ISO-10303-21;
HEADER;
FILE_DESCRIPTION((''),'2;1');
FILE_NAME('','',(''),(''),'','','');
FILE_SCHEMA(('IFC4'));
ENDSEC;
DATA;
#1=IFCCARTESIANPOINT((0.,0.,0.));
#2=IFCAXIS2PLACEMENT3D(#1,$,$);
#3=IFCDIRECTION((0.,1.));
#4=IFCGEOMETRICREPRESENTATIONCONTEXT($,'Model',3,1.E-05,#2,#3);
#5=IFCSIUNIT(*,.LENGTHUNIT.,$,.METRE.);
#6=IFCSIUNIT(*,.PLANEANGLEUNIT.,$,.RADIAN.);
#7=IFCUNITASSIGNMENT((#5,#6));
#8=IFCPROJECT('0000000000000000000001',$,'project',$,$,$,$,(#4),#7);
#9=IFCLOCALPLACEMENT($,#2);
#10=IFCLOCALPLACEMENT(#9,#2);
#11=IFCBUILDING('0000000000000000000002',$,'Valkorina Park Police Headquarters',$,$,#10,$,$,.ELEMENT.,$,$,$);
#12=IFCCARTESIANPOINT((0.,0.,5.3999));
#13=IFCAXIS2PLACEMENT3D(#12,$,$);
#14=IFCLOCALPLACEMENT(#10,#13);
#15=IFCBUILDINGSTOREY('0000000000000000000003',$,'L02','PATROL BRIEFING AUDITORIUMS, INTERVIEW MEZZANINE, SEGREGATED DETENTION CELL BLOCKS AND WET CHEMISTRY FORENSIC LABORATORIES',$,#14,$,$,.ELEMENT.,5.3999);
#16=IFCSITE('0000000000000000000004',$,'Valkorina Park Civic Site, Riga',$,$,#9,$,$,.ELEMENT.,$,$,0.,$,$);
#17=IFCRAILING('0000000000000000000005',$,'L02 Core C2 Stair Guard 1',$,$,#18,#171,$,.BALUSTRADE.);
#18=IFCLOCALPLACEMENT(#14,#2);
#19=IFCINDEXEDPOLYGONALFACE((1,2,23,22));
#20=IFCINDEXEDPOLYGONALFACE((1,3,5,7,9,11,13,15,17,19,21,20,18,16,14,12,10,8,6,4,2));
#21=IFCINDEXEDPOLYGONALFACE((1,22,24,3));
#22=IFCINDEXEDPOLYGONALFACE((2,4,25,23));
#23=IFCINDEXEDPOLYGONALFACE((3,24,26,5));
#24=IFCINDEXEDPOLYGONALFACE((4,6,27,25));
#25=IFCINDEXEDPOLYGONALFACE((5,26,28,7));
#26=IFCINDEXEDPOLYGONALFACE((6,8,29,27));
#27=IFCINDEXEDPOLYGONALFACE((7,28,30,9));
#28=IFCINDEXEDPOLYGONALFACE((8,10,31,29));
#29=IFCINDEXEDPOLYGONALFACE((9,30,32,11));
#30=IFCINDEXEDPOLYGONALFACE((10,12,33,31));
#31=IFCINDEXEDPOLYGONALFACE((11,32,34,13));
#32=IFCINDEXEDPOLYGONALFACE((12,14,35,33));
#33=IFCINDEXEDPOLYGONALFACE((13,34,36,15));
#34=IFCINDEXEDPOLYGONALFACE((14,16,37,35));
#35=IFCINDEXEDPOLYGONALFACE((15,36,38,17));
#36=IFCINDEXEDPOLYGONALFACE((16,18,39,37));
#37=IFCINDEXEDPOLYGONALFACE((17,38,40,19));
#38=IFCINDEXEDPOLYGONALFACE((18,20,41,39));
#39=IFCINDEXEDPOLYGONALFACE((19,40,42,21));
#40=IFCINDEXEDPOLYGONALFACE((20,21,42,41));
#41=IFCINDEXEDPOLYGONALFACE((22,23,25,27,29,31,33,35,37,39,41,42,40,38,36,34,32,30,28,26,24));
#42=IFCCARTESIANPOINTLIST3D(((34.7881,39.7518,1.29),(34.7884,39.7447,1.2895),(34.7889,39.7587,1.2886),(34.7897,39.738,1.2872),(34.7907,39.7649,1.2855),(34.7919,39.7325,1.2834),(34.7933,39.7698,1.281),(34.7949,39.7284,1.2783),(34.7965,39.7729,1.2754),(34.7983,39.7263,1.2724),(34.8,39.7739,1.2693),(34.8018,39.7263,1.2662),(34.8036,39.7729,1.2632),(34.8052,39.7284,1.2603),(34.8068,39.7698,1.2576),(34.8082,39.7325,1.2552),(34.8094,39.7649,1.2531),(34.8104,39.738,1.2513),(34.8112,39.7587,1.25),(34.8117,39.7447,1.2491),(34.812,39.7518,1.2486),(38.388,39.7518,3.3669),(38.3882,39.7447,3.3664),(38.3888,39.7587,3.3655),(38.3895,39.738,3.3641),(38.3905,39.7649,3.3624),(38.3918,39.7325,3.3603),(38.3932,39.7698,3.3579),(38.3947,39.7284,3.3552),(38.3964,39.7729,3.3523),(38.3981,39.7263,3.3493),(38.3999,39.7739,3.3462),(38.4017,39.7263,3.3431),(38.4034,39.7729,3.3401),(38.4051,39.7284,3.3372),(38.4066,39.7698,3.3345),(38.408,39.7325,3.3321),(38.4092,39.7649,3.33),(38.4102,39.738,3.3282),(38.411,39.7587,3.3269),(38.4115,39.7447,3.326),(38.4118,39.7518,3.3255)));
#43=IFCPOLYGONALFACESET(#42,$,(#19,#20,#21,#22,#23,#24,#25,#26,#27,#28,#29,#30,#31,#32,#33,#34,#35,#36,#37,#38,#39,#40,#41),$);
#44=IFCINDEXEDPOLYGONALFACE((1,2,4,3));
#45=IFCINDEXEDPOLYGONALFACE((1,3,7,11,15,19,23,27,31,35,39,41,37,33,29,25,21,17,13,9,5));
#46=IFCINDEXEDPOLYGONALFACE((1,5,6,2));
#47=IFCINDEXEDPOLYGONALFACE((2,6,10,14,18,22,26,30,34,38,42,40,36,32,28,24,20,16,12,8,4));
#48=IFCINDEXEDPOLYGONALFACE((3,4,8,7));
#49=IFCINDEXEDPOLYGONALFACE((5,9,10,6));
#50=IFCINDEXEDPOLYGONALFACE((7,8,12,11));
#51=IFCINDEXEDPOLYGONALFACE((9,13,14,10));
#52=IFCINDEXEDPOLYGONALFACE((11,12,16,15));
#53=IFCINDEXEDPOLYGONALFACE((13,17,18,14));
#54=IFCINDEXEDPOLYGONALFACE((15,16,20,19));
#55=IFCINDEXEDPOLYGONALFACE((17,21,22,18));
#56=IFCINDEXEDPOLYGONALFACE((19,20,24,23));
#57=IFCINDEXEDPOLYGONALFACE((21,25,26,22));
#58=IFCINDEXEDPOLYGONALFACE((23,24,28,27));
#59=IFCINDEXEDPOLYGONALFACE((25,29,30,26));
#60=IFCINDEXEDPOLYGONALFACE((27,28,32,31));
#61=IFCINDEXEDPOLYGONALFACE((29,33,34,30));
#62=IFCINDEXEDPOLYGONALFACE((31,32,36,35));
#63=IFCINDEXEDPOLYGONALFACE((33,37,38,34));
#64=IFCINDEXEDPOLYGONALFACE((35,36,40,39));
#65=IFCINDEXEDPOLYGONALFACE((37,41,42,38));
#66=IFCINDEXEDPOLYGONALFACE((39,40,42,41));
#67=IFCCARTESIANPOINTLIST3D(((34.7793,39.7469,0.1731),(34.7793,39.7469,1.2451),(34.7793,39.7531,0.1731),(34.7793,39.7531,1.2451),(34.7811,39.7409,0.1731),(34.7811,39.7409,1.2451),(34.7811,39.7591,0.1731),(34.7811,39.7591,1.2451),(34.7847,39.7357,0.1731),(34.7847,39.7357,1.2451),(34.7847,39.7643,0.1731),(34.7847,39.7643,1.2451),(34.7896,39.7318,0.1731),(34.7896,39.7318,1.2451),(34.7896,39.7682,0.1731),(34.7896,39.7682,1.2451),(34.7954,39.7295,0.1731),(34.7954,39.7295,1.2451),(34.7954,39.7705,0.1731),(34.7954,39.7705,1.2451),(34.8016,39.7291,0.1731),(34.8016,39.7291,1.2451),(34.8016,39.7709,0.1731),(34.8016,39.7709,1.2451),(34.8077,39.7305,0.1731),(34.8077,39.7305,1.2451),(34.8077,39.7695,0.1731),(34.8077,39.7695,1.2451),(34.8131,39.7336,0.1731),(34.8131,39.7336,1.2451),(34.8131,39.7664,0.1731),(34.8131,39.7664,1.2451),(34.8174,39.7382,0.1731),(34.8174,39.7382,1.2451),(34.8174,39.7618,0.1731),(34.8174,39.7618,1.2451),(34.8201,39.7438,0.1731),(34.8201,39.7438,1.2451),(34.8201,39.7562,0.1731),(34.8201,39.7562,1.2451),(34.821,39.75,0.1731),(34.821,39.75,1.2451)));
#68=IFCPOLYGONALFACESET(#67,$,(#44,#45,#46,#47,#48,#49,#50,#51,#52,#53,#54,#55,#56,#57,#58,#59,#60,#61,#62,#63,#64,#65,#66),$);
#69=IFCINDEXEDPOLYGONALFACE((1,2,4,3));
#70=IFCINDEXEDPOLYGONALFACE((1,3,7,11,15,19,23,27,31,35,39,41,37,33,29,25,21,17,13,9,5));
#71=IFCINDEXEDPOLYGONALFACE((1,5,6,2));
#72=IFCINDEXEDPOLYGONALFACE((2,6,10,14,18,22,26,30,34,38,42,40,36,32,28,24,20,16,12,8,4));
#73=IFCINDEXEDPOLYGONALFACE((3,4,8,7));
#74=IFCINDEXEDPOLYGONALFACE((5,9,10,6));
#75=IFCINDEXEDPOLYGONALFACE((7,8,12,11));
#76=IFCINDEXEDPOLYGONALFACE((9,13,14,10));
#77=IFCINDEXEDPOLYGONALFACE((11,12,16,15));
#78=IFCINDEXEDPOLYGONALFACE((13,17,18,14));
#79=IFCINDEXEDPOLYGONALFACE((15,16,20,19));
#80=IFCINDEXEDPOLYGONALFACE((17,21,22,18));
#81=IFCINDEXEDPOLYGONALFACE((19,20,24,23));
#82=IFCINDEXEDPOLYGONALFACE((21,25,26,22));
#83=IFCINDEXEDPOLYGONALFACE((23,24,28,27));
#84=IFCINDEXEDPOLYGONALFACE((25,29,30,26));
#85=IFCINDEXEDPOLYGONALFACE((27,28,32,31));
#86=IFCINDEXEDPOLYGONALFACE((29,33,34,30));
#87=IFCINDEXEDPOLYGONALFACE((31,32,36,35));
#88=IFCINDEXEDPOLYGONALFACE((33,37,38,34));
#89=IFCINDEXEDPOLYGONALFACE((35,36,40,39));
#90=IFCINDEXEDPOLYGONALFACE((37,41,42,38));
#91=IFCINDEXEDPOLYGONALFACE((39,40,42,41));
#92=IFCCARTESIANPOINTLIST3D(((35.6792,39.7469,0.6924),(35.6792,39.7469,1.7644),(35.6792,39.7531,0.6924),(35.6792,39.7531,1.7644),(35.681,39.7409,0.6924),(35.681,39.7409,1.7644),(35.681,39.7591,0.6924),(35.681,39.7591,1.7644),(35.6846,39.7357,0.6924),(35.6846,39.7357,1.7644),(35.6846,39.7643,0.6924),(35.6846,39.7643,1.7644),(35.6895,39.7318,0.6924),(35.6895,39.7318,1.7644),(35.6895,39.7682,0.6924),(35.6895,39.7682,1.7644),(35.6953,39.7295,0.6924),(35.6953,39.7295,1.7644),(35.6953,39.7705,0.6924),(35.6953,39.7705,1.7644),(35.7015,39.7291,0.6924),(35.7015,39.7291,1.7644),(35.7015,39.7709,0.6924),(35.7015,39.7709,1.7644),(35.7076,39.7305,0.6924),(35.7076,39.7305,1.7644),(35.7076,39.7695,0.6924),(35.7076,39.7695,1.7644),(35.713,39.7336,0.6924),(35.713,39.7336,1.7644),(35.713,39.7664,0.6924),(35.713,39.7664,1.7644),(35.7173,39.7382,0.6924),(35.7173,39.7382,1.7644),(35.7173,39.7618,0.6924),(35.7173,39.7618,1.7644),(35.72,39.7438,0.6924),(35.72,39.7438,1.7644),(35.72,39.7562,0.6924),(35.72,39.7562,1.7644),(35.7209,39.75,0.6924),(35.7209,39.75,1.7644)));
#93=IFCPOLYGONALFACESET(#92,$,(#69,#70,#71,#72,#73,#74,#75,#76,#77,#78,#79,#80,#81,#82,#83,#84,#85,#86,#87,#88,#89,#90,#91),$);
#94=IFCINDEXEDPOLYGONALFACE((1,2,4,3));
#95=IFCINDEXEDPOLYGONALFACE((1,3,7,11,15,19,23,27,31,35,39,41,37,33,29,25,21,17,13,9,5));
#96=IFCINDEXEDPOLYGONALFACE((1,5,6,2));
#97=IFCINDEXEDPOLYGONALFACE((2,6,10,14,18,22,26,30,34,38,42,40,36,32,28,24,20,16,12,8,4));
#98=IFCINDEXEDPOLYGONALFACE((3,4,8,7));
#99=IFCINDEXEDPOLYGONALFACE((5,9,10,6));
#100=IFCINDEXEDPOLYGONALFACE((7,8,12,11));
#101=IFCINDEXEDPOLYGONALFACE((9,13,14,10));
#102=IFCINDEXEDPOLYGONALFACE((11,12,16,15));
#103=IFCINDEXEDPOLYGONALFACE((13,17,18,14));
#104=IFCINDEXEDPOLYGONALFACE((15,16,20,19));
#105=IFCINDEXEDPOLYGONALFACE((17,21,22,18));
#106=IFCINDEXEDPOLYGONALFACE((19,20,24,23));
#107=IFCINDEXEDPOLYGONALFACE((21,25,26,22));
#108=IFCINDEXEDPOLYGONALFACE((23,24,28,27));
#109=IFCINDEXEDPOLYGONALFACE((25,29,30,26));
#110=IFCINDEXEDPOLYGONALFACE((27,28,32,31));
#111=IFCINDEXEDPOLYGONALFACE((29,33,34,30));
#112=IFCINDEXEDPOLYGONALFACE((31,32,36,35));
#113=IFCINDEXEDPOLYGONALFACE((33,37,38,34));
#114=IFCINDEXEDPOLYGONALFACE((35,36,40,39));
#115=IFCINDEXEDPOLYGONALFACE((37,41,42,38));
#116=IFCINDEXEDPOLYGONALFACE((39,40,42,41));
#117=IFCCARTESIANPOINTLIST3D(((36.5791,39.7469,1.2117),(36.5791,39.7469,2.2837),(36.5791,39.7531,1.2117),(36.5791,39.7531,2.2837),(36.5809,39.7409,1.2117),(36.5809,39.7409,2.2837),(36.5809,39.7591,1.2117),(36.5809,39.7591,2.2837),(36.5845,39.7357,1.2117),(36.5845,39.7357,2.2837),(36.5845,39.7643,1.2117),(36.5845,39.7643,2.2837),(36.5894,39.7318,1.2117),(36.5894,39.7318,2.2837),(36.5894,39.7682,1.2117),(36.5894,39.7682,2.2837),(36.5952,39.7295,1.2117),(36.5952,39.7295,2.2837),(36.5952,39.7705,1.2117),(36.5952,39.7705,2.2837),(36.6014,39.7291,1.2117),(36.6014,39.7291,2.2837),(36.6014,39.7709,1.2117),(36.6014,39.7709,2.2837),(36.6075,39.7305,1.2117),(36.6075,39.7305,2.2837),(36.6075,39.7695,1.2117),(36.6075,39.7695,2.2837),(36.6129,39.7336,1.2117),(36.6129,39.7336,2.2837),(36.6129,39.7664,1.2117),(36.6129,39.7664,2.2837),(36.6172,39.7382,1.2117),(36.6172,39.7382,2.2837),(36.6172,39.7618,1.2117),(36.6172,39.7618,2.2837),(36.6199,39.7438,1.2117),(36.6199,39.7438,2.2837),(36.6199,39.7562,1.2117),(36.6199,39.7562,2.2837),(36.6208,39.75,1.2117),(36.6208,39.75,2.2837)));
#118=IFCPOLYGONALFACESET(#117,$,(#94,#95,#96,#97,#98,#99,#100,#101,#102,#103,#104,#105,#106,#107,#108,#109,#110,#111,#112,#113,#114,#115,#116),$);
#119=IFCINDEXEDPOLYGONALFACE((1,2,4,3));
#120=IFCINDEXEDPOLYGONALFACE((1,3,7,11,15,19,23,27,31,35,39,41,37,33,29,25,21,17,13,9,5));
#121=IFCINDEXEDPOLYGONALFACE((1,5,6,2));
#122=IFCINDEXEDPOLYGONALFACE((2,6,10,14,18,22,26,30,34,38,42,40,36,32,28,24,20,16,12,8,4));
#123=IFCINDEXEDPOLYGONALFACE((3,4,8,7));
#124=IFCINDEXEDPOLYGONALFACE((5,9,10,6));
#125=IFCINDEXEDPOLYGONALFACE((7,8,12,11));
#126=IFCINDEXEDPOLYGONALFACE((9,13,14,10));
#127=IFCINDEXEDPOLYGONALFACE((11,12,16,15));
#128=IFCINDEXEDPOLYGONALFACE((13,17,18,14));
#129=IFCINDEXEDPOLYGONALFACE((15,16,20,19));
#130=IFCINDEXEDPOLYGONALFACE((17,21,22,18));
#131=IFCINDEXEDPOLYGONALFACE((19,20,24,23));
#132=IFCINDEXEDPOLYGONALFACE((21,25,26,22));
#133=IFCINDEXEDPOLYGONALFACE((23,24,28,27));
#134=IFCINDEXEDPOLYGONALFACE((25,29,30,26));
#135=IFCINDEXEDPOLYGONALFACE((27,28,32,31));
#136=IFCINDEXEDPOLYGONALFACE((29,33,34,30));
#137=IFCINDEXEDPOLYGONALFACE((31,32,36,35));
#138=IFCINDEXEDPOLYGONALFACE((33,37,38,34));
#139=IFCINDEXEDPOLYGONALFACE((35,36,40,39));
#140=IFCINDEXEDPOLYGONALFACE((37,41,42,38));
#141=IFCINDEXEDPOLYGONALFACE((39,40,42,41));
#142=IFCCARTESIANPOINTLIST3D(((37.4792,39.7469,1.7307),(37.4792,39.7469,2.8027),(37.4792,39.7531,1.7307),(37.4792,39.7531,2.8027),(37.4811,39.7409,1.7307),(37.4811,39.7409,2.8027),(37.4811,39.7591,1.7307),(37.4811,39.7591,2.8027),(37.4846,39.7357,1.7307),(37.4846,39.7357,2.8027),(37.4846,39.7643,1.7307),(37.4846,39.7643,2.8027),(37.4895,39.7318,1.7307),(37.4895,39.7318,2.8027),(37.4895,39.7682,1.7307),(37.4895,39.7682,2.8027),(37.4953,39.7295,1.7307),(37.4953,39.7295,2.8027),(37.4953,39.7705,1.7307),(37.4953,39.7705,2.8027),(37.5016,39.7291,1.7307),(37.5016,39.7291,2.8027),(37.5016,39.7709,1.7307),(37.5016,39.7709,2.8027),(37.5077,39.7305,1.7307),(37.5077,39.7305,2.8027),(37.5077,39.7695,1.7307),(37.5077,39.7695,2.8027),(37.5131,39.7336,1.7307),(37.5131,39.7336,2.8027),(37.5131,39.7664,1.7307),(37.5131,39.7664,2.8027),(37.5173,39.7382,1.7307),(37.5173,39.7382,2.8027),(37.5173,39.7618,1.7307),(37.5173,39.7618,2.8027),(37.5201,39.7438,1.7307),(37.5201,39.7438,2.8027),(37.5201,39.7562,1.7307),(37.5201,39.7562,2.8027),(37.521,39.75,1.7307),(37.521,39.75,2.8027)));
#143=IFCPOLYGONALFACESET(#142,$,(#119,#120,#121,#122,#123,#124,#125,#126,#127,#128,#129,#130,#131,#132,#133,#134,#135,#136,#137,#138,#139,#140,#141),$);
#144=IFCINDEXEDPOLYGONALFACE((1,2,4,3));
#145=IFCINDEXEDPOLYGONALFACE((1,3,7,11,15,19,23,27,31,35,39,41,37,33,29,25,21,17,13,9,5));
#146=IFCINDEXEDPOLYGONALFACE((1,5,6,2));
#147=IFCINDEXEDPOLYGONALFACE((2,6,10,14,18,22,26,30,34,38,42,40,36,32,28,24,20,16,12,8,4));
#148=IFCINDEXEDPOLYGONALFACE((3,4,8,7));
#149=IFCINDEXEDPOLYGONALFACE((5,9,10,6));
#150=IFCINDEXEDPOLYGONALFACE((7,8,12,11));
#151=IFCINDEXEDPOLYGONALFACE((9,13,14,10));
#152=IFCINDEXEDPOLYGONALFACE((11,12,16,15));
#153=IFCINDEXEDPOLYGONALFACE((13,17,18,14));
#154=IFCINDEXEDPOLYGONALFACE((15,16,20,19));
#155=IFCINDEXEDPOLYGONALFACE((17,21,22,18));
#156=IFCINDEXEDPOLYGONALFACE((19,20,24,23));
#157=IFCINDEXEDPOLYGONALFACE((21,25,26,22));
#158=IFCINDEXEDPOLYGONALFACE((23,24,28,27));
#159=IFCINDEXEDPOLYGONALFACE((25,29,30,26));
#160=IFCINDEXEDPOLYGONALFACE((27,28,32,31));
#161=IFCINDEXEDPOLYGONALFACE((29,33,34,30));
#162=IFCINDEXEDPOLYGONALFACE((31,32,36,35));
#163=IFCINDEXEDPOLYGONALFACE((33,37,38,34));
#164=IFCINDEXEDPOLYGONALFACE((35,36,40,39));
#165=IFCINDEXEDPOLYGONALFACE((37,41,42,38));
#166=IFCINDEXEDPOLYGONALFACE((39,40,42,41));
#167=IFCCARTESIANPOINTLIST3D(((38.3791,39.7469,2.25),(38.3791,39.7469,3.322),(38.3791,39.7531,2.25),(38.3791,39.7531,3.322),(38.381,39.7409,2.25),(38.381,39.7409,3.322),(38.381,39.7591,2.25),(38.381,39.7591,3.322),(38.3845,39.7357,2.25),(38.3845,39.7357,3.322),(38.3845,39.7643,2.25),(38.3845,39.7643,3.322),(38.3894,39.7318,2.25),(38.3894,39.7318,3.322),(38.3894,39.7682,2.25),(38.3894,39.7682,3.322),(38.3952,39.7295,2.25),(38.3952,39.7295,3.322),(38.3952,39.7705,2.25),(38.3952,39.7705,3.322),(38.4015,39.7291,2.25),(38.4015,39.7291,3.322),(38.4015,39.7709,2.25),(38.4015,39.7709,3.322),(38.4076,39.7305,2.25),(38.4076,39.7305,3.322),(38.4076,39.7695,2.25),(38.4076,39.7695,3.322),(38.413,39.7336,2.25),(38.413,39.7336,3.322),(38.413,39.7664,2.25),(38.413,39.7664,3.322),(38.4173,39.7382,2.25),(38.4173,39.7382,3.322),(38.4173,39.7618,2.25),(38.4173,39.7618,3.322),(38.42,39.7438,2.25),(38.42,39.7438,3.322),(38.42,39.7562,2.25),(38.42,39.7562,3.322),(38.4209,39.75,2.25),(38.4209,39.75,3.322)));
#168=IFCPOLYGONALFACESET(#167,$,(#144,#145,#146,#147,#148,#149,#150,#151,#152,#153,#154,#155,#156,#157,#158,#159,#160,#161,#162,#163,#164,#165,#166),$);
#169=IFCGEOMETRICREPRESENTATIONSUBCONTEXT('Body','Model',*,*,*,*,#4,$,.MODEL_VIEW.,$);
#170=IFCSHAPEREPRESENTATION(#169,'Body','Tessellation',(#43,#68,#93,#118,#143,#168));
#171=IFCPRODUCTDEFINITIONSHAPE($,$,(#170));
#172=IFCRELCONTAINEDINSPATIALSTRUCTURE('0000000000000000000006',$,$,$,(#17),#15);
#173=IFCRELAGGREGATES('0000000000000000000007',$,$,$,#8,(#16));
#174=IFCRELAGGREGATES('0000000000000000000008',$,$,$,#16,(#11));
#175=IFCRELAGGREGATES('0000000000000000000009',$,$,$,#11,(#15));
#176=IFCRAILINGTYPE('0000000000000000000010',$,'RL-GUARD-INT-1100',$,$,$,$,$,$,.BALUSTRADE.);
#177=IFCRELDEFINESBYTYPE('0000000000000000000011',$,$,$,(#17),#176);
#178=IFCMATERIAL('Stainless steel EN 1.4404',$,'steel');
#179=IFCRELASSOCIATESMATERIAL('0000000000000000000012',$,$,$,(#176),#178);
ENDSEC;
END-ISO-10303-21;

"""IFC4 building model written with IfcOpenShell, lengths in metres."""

from ifc_helpers import new_model, si_unit, direction, frame, origin, origin_2d, place, context, subcontext, project, spatial, circle, extrude, material, type_object, element, save


model = new_model("IFC4")

# Units and contexts
model_context = context("Model", 3, precision=1e-05, world=origin(), true_north=direction((0.0, 1.0)))
body_context = subcontext(model_context, "Body", "Model", "MODEL_VIEW")
ifc_project = project(units=[si_unit("LENGTHUNIT", "METRE"), si_unit("PLANEANGLEUNIT", "RADIAN")], contexts=[model_context])

# Site, building, storey
site_placement = place(None, origin())
site = spatial("IfcSite", under=ifc_project, at=site_placement, Name="Valkorina Park Civic Site, Riga", CompositionType="ELEMENT", RefElevation=0.0)
building_placement = place(site_placement, origin())
building = spatial("IfcBuilding", under=site, at=building_placement, Name="Valkorina Park Police Headquarters", CompositionType="ELEMENT")
storey_placement = place(building_placement, frame((0.0, 0.0, 5.3999)))
storey = spatial("IfcBuildingStorey", under=building, at=storey_placement, Name="L02", Description="PATROL BRIEFING AUDITORIUMS, INTERVIEW MEZZANINE, SEGREGATED DETENTION CELL BLOCKS AND WET CHEMISTRY FORENSIC LABORATORIES", CompositionType="ELEMENT", Elevation=5.3999)

# Railing
ifc_material_1 = material(Name="Stainless steel EN 1.4404", Category="steel")
railing_type_1 = type_object("IfcRailingType", Name="RL-GUARD-INT-1100", PredefinedType="BALUSTRADE", material=ifc_material_1)
railing_1_placement = place(storey_placement, frame((34.8, 39.75, 0.1731)))
element("IfcRailing", 1, at=railing_1_placement, inside=storey, type_object=railing_type_1, Name="L02 Core C2 Stair Guard 1", PredefinedType="BALUSTRADE", context=body_context, shape_type="SweptSolid", body=[
    extrude(circle(Radius=0.0239, at=origin_2d()), frame((0.0, 0.0, 1.0962), z_axis=(0.866179, 0.0, 0.499734), x_axis=(0.0, 1.0, 0.0)), (0.0, 0.0, 1.0), 4.156),
    extrude(circle(Radius=0.021, at=origin_2d()), origin(), (0.0, 0.0, 1.0), 1.072),
    extrude(circle(Radius=0.021, at=origin_2d()), frame((0.8999, 0.0, 0.5193)), (0.0, 0.0, 1.0), 1.072),
    extrude(circle(Radius=0.021, at=origin_2d()), frame((1.7998, 0.0, 1.0386)), (0.0, 0.0, 1.0), 1.072),
    extrude(circle(Radius=0.021, at=origin_2d()), frame((2.7, 0.0, 1.5576)), (0.0, 0.0, 1.0), 1.072),
    extrude(circle(Radius=0.021, at=origin_2d()), frame((3.5999, 0.0, 2.0769)), (0.0, 0.0, 1.0), 1.072),
])

save(model, "model.ifc")
